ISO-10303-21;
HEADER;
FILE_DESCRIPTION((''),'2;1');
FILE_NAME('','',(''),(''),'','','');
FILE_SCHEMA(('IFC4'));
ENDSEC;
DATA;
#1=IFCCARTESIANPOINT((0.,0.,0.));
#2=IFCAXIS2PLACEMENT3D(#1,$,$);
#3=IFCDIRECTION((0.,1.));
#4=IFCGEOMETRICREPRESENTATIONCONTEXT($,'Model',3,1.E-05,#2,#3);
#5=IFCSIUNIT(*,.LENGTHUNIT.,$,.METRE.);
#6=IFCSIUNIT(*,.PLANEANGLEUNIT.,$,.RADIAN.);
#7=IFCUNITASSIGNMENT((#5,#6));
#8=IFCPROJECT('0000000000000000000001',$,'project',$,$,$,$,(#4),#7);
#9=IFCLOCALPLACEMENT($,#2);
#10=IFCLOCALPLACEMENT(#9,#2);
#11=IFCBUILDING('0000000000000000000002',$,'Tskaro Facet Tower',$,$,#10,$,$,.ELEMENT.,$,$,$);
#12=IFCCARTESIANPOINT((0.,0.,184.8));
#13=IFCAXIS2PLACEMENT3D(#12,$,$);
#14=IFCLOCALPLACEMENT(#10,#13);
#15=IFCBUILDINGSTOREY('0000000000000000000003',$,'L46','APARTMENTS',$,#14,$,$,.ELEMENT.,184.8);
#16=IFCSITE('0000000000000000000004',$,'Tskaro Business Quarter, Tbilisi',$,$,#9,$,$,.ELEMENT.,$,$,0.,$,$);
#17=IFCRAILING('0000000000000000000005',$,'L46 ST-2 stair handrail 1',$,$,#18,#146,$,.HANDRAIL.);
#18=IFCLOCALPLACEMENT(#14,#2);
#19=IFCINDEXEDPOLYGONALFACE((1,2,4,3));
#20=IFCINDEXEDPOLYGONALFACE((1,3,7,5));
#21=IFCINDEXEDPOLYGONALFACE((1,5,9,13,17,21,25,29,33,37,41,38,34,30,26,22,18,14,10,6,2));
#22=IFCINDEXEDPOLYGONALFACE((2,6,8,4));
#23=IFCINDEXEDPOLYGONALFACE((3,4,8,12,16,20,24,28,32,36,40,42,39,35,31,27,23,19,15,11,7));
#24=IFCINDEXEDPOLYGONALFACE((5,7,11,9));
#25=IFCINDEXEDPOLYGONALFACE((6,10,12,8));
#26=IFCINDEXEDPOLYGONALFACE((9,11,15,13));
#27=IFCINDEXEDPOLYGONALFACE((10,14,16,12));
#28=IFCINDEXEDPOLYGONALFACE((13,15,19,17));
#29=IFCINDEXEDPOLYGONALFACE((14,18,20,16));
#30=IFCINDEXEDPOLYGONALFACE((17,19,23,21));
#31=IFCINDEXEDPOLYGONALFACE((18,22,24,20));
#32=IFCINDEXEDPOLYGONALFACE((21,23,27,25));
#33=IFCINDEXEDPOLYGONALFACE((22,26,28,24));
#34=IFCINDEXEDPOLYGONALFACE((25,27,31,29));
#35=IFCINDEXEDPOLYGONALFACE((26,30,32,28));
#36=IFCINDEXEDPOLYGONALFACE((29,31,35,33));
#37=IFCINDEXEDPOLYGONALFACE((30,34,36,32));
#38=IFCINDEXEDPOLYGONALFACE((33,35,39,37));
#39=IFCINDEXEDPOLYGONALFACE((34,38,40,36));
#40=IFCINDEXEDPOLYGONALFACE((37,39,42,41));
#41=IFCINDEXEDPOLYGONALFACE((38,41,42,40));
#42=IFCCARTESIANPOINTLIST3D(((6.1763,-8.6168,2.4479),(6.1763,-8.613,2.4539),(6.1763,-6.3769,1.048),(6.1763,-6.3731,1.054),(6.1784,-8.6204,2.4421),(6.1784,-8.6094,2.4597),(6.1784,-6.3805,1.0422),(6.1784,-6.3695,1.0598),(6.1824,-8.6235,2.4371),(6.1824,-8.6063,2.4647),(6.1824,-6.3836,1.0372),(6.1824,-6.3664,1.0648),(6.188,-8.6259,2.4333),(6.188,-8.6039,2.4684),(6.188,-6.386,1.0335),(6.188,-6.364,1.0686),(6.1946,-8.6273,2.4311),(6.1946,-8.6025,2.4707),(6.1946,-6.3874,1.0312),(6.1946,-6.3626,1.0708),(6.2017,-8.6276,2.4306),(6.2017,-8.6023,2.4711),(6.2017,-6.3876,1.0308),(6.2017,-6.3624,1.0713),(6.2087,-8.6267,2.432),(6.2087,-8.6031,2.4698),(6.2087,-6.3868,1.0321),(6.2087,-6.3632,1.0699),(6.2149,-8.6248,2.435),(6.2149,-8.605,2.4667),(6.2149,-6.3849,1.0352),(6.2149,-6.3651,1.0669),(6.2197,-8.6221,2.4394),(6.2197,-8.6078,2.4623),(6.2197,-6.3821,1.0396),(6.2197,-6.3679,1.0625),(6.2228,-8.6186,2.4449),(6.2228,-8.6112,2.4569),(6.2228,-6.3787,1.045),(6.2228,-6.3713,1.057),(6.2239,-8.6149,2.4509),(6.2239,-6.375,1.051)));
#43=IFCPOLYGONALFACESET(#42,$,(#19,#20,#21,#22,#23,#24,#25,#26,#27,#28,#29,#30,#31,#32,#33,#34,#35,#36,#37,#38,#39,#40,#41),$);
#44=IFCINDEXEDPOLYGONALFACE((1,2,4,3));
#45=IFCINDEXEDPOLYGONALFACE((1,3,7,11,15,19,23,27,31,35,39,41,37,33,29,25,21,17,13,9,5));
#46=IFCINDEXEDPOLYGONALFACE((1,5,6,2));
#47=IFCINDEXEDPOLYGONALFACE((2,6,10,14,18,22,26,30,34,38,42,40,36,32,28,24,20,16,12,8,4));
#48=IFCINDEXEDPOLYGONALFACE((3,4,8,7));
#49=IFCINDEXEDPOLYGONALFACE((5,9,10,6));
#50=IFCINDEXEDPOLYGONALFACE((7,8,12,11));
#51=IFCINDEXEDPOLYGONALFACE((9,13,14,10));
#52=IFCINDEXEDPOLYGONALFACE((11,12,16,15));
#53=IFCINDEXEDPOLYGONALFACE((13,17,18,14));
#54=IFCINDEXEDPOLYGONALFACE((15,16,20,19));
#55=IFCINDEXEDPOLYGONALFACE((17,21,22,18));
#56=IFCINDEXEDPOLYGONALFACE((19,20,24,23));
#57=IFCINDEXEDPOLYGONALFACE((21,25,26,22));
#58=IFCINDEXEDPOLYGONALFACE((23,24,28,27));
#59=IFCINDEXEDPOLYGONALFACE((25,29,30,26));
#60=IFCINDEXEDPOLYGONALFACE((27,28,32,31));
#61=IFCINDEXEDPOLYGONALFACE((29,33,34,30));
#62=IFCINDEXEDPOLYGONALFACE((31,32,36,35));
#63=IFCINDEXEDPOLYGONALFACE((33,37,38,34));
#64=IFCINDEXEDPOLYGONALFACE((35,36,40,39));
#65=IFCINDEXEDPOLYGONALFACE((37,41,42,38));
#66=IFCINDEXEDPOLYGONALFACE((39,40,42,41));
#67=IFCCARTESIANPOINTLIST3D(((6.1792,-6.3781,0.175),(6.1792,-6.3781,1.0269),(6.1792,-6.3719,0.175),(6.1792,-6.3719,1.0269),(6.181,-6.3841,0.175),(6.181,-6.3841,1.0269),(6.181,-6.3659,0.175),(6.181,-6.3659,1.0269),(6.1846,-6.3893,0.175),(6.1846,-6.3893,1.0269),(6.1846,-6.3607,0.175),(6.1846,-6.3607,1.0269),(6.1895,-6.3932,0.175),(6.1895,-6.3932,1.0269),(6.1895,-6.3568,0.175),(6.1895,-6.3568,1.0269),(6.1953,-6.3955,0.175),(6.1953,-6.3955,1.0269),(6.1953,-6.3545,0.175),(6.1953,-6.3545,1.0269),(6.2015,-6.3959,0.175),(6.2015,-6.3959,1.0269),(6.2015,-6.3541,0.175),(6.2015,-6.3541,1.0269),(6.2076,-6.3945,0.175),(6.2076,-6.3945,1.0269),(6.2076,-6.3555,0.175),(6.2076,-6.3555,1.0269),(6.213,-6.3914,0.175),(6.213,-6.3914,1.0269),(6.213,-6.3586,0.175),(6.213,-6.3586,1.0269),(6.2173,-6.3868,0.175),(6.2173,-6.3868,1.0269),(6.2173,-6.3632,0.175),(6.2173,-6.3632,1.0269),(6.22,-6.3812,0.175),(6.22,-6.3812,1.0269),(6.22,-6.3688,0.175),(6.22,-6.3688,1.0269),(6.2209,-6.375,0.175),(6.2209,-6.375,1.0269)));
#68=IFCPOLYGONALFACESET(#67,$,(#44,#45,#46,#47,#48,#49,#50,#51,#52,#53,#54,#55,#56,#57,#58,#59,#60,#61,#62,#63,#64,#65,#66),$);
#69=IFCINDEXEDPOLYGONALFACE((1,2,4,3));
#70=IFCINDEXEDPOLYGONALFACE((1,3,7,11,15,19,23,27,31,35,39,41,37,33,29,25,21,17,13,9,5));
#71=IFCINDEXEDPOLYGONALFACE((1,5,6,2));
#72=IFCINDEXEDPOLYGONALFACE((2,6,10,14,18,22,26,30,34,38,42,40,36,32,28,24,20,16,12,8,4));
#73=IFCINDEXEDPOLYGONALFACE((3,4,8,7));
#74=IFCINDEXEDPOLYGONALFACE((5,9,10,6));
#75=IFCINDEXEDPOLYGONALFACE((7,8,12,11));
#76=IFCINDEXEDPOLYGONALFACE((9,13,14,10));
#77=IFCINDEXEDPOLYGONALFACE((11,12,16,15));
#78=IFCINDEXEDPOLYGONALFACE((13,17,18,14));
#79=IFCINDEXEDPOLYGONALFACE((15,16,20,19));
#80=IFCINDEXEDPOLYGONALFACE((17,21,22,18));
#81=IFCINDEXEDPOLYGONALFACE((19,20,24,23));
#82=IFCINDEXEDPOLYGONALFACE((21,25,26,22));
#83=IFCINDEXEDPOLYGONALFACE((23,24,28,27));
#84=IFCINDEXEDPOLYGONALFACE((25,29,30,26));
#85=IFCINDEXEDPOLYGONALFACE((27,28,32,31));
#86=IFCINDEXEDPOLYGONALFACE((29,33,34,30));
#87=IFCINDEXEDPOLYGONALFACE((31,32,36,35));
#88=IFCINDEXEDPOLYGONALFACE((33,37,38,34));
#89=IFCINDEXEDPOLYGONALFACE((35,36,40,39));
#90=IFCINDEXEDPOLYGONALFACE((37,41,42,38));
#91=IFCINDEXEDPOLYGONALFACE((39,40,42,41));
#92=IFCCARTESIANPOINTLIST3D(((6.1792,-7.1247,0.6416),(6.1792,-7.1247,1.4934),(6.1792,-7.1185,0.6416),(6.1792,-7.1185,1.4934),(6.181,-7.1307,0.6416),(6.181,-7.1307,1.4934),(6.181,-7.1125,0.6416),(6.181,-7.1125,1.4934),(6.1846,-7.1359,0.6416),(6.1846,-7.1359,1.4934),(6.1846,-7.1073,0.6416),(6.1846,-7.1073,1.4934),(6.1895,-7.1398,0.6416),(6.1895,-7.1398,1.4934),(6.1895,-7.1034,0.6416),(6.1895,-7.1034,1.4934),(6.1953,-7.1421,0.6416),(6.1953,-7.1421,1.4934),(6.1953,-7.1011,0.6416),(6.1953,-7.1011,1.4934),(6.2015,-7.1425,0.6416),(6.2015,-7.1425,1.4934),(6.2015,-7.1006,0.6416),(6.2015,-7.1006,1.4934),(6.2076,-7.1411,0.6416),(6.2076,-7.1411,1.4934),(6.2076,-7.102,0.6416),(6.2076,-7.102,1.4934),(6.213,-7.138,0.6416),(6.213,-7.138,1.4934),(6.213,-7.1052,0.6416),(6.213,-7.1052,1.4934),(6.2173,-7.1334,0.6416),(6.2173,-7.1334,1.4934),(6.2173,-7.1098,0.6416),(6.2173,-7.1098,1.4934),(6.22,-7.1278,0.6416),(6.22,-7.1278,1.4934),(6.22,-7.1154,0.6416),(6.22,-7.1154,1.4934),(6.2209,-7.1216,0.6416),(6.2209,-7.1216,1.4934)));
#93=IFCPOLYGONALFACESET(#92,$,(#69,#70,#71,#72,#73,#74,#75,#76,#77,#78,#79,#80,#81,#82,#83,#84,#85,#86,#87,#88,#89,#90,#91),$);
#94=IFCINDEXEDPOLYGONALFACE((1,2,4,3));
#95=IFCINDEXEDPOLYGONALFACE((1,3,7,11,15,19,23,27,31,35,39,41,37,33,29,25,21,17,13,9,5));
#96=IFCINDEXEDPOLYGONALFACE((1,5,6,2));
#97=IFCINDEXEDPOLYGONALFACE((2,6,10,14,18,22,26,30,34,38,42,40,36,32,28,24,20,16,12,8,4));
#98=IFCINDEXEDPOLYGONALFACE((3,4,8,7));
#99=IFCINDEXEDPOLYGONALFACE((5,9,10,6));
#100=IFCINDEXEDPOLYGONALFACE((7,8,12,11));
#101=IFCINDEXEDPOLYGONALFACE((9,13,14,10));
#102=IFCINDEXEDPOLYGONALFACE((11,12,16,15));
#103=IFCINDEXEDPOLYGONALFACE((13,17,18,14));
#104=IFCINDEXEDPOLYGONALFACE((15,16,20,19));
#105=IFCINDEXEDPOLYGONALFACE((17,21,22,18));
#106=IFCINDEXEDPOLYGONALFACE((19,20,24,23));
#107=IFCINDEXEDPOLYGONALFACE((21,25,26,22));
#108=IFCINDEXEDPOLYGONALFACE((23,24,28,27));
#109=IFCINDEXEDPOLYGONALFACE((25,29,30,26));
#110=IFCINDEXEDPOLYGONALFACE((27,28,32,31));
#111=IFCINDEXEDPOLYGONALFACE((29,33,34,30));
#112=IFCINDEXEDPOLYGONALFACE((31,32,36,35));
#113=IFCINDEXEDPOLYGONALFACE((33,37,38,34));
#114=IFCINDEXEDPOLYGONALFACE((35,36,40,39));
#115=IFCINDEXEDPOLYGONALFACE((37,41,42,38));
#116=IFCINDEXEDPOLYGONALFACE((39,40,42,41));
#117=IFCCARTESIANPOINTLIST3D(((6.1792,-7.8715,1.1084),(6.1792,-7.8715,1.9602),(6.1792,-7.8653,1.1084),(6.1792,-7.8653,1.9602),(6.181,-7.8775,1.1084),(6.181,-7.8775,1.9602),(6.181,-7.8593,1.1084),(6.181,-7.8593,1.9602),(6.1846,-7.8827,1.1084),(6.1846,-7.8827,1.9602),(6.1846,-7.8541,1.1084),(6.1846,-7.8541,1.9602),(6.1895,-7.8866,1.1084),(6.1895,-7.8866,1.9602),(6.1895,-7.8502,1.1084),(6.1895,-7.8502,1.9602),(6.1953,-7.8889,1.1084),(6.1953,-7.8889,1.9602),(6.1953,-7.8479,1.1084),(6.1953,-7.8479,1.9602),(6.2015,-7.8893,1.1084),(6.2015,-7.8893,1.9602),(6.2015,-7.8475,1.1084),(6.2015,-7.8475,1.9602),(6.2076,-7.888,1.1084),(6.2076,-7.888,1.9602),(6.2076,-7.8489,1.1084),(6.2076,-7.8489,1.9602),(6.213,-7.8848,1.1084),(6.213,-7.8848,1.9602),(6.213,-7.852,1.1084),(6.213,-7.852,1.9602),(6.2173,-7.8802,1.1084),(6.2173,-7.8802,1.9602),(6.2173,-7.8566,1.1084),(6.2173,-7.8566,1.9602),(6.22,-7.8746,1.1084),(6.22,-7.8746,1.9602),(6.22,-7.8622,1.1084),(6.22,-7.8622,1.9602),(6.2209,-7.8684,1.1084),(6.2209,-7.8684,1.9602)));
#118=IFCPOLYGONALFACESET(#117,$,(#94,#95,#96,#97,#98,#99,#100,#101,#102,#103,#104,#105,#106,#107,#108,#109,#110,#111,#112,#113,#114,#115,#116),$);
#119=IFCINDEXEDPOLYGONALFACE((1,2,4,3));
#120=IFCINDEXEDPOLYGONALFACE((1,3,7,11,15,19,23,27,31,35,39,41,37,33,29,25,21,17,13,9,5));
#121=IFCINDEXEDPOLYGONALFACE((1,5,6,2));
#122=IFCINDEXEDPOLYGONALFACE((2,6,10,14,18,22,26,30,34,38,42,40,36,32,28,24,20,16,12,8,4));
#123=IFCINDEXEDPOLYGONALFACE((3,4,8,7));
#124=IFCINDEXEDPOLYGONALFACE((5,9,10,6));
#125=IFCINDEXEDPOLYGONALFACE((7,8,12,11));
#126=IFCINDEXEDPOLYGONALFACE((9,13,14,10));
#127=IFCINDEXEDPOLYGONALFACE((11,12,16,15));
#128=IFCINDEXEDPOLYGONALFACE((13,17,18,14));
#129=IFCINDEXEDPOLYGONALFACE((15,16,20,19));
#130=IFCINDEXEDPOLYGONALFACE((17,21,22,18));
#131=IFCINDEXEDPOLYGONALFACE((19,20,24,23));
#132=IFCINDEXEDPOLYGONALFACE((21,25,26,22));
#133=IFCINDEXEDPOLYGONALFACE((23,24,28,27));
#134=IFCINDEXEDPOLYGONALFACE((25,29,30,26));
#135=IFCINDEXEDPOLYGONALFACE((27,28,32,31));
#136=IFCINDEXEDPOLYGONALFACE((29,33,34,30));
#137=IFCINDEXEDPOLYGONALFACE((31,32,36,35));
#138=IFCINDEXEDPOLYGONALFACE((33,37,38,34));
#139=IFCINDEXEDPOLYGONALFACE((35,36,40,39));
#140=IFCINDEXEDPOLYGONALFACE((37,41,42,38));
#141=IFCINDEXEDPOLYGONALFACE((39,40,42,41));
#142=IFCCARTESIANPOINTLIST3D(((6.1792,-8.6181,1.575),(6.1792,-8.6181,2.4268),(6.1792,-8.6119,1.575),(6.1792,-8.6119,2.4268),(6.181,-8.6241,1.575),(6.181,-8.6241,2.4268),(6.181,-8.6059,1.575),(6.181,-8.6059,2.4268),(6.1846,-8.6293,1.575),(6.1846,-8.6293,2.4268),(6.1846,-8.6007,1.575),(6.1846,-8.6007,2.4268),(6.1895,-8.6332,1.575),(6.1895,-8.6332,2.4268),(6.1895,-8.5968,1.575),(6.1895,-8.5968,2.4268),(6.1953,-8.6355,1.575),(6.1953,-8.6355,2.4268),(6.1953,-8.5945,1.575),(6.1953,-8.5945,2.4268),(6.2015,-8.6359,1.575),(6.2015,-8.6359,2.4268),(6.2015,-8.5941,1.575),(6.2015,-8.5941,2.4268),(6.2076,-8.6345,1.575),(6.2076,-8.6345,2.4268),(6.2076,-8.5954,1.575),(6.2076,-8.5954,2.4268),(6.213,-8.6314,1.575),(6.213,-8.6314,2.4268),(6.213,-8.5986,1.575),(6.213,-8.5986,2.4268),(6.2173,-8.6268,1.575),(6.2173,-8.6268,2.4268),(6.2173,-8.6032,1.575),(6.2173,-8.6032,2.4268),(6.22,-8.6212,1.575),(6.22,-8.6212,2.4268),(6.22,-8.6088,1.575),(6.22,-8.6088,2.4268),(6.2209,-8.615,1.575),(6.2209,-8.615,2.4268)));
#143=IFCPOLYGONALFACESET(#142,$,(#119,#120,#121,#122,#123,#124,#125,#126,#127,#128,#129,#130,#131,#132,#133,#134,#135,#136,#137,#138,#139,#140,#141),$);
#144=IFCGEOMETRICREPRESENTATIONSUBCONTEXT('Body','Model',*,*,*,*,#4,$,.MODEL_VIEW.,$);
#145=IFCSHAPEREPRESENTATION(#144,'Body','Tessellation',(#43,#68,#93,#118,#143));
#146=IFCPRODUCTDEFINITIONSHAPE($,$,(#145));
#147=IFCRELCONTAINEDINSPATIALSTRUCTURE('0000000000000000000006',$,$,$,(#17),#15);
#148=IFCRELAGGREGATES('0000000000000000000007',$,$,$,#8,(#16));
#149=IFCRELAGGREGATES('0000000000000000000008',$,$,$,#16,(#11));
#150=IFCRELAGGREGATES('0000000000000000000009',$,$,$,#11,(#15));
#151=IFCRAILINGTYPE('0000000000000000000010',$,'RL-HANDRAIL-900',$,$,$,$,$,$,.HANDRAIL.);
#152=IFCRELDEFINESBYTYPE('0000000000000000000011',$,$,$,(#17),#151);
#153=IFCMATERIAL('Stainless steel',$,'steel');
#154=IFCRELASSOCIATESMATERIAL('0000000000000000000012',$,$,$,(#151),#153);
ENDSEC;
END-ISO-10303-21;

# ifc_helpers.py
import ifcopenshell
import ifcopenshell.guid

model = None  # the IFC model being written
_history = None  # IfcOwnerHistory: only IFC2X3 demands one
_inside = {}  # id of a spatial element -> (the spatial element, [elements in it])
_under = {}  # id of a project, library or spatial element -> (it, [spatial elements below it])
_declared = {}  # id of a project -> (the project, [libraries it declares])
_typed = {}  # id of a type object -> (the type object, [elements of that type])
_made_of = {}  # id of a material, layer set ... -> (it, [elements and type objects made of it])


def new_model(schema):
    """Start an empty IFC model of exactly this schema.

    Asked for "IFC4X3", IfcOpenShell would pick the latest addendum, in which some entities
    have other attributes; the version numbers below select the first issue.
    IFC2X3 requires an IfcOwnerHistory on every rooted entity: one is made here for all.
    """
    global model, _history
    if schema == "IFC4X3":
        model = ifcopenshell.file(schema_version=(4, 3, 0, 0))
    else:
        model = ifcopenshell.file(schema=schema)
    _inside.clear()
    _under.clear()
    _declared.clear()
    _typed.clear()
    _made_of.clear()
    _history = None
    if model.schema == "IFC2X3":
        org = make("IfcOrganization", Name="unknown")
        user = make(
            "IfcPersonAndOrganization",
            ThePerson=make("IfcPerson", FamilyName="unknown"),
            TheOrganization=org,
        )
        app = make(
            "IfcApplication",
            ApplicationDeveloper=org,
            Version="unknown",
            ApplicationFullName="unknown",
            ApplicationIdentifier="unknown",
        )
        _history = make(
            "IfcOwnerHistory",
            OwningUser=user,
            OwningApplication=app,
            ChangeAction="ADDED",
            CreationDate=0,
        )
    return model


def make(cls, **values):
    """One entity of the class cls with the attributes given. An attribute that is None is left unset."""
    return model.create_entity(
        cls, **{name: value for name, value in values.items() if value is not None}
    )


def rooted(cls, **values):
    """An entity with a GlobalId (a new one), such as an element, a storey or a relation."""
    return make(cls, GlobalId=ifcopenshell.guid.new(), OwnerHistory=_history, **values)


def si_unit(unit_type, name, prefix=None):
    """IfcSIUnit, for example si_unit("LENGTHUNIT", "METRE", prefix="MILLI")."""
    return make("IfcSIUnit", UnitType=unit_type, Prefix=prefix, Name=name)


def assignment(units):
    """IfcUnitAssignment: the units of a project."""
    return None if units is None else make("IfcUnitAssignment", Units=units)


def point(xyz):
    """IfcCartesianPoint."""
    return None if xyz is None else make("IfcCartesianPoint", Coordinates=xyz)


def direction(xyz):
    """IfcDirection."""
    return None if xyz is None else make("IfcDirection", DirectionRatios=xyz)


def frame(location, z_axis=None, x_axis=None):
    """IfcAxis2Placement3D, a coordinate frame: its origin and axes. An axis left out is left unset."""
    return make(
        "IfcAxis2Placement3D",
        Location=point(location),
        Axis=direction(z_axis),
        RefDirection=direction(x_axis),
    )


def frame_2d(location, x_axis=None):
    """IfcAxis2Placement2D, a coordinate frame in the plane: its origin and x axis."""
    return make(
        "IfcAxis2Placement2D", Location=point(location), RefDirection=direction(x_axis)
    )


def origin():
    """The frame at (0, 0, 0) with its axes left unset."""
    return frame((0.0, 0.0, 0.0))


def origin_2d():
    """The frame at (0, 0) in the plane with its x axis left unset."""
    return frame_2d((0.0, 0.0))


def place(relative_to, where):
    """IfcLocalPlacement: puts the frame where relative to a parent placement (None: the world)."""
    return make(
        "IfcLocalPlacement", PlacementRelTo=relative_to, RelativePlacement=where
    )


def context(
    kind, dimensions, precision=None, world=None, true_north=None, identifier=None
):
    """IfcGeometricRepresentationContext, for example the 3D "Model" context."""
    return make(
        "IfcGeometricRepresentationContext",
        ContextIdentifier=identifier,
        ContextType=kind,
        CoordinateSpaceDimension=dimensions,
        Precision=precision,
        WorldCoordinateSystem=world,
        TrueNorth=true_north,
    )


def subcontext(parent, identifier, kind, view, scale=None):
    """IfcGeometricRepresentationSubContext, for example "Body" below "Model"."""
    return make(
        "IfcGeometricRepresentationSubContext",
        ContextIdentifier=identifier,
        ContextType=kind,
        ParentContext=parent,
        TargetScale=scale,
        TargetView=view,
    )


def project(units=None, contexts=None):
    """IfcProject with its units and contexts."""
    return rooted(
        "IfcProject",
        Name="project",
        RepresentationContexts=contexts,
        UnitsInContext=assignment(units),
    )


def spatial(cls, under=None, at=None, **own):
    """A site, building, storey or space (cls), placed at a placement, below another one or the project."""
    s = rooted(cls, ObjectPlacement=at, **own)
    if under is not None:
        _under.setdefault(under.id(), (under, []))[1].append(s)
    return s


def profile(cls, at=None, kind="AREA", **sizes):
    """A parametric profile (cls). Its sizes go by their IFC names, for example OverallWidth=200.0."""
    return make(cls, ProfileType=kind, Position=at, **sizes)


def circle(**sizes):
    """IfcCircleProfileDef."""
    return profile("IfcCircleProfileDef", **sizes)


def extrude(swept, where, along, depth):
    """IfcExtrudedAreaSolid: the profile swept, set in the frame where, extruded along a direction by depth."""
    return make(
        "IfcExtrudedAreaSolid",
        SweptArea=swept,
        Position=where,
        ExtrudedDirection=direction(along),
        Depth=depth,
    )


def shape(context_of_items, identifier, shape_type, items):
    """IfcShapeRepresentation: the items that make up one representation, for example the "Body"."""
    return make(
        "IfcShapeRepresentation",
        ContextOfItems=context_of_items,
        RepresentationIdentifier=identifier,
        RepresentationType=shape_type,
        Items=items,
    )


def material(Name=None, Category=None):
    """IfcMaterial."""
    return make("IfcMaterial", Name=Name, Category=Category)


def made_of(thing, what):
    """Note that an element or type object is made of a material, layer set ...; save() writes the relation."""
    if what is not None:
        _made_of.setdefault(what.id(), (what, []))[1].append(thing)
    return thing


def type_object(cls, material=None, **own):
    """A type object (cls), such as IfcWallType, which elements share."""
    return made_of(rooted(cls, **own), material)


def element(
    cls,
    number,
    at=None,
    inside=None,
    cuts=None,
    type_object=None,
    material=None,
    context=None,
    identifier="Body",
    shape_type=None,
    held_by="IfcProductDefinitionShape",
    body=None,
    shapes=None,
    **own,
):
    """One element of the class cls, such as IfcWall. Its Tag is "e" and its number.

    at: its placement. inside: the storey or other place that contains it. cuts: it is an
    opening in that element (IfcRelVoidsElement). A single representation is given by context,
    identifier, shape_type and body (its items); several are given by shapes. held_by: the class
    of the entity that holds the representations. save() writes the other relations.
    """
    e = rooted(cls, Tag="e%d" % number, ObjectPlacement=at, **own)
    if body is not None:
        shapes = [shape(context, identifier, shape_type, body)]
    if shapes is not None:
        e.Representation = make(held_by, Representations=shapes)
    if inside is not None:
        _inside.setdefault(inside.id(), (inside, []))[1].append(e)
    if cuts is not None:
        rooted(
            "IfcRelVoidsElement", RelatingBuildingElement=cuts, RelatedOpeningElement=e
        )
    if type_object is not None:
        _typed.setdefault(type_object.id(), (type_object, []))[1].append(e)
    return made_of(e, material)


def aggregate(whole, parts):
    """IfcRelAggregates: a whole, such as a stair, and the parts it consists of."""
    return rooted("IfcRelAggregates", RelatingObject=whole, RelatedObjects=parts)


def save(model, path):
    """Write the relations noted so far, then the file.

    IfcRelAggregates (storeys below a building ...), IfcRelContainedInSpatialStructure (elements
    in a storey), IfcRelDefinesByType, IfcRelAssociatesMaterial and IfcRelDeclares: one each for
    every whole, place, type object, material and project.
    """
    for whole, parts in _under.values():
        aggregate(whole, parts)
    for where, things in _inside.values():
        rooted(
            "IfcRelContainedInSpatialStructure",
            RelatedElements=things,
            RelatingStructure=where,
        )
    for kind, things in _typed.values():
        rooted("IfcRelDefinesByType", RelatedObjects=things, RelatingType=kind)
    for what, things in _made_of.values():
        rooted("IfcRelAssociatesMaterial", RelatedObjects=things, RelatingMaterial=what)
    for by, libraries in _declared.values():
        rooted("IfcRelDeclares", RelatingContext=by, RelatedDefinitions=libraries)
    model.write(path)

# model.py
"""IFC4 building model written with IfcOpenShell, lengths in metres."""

from ifc_helpers import new_model, si_unit, direction, frame, origin, origin_2d, place, context, subcontext, project, spatial, circle, extrude, material, type_object, element, save


model = new_model("IFC4")

# Units and contexts
model_context = context("Model", 3, precision=1e-05, world=origin(), true_north=direction((0.0, 1.0)))
body_context = subcontext(model_context, "Body", "Model", "MODEL_VIEW")
ifc_project = project(units=[si_unit("LENGTHUNIT", "METRE"), si_unit("PLANEANGLEUNIT", "RADIAN")], contexts=[model_context])

# Site, building, storey
site_placement = place(None, origin())
site = spatial("IfcSite", under=ifc_project, at=site_placement, Name="Tskaro Business Quarter, Tbilisi", CompositionType="ELEMENT", RefElevation=0.0)
building_placement = place(site_placement, origin())
building = spatial("IfcBuilding", under=site, at=building_placement, Name="Tskaro Facet Tower", CompositionType="ELEMENT")
storey_placement = place(building_placement, frame((0.0, 0.0, 184.8)))
storey = spatial("IfcBuildingStorey", under=building, at=storey_placement, Name="L46", Description="APARTMENTS", CompositionType="ELEMENT", Elevation=184.8)

# Shared definitions
ifc_material_1 = material(Name="Stainless steel", Category="steel")

# Railing
railing_type_1 = type_object("IfcRailingType", Name="RL-HANDRAIL-900", PredefinedType="HANDRAIL", material=ifc_material_1)
railing_1_placement = place(storey_placement, frame((6.2, -6.375, 0.175)))
element("IfcRailing", 1, at=railing_1_placement, inside=storey, type_object=railing_type_1, Name="L46 ST-2 stair handrail 1", PredefinedType="HANDRAIL", context=body_context, shape_type="SweptSolid", body=[
    extrude(circle(Radius=0.0239, at=origin_2d()), frame((0.0, 0.0, 0.876), z_axis=(0.0, -0.848014, 0.529974), x_axis=(1.0, 0.0, 0.0)), (0.0, 0.0, 1.0), 2.6414),
    extrude(circle(Radius=0.021, at=origin_2d()), origin(), (0.0, 0.0, 1.0), 0.8518),
    extrude(circle(Radius=0.021, at=origin_2d()), frame((0.0, -0.7466, 0.4666)), (0.0, 0.0, 1.0), 0.8518),
    extrude(circle(Radius=0.021, at=origin_2d()), frame((0.0, -1.4934, 0.9333)), (0.0, 0.0, 1.0), 0.8518),
    extrude(circle(Radius=0.021, at=origin_2d()), frame((0.0, -2.24, 1.3999)), (0.0, 0.0, 1.0), 0.8518),
])

save(model, "model.ifc")
